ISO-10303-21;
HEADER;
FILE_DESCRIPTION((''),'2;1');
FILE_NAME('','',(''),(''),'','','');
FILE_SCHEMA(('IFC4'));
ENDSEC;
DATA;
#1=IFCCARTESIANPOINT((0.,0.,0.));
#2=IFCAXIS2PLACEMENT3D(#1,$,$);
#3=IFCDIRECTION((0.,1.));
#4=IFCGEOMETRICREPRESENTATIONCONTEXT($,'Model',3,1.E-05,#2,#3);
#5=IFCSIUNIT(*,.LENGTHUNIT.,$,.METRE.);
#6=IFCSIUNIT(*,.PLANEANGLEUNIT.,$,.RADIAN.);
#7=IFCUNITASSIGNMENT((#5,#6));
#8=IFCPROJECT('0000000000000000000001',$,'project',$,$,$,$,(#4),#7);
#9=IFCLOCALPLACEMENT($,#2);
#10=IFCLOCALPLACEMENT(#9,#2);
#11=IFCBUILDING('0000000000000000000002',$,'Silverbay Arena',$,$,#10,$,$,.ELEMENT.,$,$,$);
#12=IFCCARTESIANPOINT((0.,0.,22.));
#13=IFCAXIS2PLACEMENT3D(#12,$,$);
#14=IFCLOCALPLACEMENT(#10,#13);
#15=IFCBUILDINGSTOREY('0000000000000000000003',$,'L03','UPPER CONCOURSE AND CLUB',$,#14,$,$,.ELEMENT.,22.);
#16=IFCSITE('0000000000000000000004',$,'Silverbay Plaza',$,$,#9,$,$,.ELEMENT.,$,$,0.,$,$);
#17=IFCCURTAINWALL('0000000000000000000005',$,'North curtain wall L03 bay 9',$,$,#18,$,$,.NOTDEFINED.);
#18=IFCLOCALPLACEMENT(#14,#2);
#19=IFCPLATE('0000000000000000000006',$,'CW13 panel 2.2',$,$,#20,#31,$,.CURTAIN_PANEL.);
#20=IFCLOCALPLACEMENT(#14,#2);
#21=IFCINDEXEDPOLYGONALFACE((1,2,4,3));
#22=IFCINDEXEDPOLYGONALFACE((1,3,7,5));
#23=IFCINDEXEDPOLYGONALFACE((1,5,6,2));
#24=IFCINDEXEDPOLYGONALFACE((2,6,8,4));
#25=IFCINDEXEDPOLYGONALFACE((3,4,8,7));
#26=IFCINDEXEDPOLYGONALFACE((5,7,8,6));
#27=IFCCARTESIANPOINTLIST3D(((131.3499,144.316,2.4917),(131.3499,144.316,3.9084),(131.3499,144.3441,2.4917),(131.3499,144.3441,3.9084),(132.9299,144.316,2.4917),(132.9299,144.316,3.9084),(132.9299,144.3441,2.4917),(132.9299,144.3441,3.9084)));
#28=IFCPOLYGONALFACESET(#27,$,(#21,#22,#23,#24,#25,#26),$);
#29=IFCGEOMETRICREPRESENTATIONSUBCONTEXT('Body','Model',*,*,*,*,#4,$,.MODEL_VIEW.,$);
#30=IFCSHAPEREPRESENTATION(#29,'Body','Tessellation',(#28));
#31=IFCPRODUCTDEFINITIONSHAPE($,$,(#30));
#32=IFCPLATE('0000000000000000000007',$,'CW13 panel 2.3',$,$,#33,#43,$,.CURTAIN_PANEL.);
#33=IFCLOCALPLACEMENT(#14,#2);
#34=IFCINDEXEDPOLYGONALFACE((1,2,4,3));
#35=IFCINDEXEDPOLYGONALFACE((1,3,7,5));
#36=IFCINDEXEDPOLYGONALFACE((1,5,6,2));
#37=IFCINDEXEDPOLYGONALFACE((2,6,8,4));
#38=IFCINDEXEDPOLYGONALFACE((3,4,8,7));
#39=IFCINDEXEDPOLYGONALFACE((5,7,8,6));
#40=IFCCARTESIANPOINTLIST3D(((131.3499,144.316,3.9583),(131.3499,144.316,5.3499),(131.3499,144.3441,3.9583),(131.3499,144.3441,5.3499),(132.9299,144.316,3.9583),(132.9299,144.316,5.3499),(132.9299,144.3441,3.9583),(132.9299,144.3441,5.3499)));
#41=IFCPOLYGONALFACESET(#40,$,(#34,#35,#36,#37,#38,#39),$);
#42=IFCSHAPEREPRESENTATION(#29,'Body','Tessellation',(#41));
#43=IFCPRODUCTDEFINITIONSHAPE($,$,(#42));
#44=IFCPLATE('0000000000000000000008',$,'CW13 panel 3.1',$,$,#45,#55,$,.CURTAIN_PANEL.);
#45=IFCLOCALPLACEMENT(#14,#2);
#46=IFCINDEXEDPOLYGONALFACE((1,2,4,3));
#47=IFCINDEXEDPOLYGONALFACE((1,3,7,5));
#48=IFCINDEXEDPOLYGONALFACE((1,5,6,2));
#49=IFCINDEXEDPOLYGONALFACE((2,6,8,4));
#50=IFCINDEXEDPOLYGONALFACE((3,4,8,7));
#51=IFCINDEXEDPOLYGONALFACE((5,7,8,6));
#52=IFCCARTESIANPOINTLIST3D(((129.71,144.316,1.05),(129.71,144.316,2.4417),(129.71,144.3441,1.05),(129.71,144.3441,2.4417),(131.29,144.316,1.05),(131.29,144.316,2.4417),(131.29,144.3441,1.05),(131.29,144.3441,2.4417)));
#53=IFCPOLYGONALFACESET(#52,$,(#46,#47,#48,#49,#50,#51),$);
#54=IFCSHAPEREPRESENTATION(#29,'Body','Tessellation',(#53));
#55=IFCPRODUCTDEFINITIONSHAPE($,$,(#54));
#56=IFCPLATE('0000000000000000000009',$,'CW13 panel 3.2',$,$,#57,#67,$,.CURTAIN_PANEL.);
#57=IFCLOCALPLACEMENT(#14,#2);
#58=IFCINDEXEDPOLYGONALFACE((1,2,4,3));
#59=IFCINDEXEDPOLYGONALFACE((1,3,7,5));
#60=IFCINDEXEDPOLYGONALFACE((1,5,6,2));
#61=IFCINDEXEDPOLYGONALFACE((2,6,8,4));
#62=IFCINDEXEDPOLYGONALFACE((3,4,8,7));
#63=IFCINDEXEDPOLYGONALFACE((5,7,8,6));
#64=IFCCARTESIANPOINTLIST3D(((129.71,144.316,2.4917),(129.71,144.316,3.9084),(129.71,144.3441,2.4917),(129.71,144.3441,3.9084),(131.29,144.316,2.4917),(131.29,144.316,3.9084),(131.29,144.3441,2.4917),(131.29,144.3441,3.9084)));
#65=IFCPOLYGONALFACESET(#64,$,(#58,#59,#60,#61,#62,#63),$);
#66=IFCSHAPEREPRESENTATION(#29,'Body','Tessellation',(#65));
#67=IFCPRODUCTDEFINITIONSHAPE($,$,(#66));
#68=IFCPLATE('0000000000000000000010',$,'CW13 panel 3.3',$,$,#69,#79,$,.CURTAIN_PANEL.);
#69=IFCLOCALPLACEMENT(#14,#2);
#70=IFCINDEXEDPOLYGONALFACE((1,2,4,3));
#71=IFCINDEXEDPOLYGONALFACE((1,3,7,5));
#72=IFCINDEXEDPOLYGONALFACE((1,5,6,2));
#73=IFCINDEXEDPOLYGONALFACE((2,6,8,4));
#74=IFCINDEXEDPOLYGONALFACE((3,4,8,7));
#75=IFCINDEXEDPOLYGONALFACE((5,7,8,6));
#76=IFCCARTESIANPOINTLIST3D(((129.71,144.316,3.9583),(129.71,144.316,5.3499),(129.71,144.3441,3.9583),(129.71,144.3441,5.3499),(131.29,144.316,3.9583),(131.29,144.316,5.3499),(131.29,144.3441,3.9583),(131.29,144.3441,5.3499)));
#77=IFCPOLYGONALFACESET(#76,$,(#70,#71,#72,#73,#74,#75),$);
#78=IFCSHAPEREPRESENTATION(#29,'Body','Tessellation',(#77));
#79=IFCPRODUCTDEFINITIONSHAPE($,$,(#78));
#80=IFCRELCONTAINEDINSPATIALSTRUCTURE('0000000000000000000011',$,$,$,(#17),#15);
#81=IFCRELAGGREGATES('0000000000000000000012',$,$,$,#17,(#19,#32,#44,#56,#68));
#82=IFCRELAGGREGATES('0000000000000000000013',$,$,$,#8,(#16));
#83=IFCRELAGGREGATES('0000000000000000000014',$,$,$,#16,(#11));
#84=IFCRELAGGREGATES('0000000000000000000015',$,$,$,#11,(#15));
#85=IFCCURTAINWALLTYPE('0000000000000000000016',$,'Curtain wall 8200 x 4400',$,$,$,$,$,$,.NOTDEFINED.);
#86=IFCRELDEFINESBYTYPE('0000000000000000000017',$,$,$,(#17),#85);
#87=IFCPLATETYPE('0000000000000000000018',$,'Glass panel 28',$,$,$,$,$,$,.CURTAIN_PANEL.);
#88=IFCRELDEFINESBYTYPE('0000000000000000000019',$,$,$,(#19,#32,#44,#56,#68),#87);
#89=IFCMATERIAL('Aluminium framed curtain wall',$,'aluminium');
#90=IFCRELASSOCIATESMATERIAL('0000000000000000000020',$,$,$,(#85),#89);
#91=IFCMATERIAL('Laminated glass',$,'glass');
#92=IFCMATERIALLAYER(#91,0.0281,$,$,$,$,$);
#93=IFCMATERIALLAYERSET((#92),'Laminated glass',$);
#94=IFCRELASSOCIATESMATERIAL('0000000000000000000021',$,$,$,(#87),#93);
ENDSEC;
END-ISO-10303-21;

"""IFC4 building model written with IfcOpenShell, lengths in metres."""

from ifc_helpers import new_model, si_unit, direction, frame, origin, origin_2d, place, context, subcontext, project, spatial, rectangle, extrude, material, layer, layer_set, type_object, element, aggregate, save


model = new_model("IFC4")

# Units and contexts
model_context = context("Model", 3, precision=1e-05, world=origin(), true_north=direction((0.0, 1.0)))
body_context = subcontext(model_context, "Body", "Model", "MODEL_VIEW")
ifc_project = project(units=[si_unit("LENGTHUNIT", "METRE"), si_unit("PLANEANGLEUNIT", "RADIAN")], contexts=[model_context])

# Site, building, storey
site_placement = place(None, origin())
site = spatial("IfcSite", under=ifc_project, at=site_placement, Name="Silverbay Plaza", CompositionType="ELEMENT", RefElevation=0.0)
building_placement = place(site_placement, origin())
building = spatial("IfcBuilding", under=site, at=building_placement, Name="Silverbay Arena", CompositionType="ELEMENT")
storey_placement = place(building_placement, frame((0.0, 0.0, 22.0)))
storey = spatial("IfcBuildingStorey", under=building, at=storey_placement, Name="L03", Description="UPPER CONCOURSE AND CLUB", CompositionType="ELEMENT", Elevation=22.0)

# Curtain wall, plates
ifc_material_1 = material(Name="Aluminium framed curtain wall", Category="aluminium")
curtain_wall_type = type_object("IfcCurtainWallType", Name="Curtain wall 8200 x 4400", PredefinedType="NOTDEFINED", material=ifc_material_1)
curtain_wall_placement = place(storey_placement, origin())
curtain_wall = element("IfcCurtainWall", 1, at=curtain_wall_placement, inside=storey, type_object=curtain_wall_type, Name="North curtain wall L03 bay 9", PredefinedType="NOTDEFINED")
ifc_material_2 = material(Name="Laminated glass", Category="glass")
ifc_layer = layer(ifc_material_2, 0.0281)
ifc_layer_set = layer_set([ifc_layer], Name="Laminated glass")
plate_type = type_object("IfcPlateType", Name="Glass panel 28", PredefinedType="CURTAIN_PANEL", material=ifc_layer_set)
plate_1_placement = place(storey_placement, frame((132.1399, 144.3301, 2.4917), z_axis=(0.0, 0.0, 1.0), x_axis=(-1.0, 0.0, 0.0)))
plate_1 = element("IfcPlate", 2, at=plate_1_placement, type_object=plate_type, Name="CW13 panel 2.2", PredefinedType="CURTAIN_PANEL", context=body_context, shape_type="SweptSolid", body=[
    extrude(rectangle(XDim=1.5801, YDim=0.0281, at=origin_2d()), origin(), (0.0, 0.0, 1.0), 1.4167),
])
plate_2_placement = place(storey_placement, frame((132.1399, 144.3301, 3.9583), z_axis=(0.0, 0.0, 1.0), x_axis=(-1.0, 0.0, 0.0)))
plate_2 = element("IfcPlate", 3, at=plate_2_placement, type_object=plate_type, Name="CW13 panel 2.3", PredefinedType="CURTAIN_PANEL", context=body_context, shape_type="SweptSolid", body=[
    extrude(rectangle(XDim=1.5801, YDim=0.0281, at=origin_2d()), origin(), (0.0, 0.0, 1.0), 1.3916),
])
plate_3_placement = place(storey_placement, frame((130.5, 144.3301, 1.05), z_axis=(0.0, 0.0, 1.0), x_axis=(-1.0, 0.0, 0.0)))
plate_3 = element("IfcPlate", 4, at=plate_3_placement, type_object=plate_type, Name="CW13 panel 3.1", PredefinedType="CURTAIN_PANEL", context=body_context, shape_type="SweptSolid", body=[
    extrude(rectangle(XDim=1.5801, YDim=0.0281, at=origin_2d()), origin(), (0.0, 0.0, 1.0), 1.3916),
])
plate_4_placement = place(storey_placement, frame((130.5, 144.3301, 2.4917), z_axis=(0.0, 0.0, 1.0), x_axis=(-1.0, 0.0, 0.0)))
plate_4 = element("IfcPlate", 5, at=plate_4_placement, type_object=plate_type, Name="CW13 panel 3.2", PredefinedType="CURTAIN_PANEL", context=body_context, shape_type="SweptSolid", body=[
    extrude(rectangle(XDim=1.5801, YDim=0.0281, at=origin_2d()), origin(), (0.0, 0.0, 1.0), 1.4167),
])
plate_5_placement = place(storey_placement, frame((130.5, 144.3301, 3.9583), z_axis=(0.0, 0.0, 1.0), x_axis=(-1.0, 0.0, 0.0)))
plate_5 = element("IfcPlate", 6, at=plate_5_placement, type_object=plate_type, Name="CW13 panel 3.3", PredefinedType="CURTAIN_PANEL", context=body_context, shape_type="SweptSolid", body=[
    extrude(rectangle(XDim=1.5801, YDim=0.0281, at=origin_2d()), origin(), (0.0, 0.0, 1.0), 1.3916),
])
aggregate(curtain_wall, [plate_1, plate_2, plate_3, plate_4, plate_5])

save(model, "model.ifc")
